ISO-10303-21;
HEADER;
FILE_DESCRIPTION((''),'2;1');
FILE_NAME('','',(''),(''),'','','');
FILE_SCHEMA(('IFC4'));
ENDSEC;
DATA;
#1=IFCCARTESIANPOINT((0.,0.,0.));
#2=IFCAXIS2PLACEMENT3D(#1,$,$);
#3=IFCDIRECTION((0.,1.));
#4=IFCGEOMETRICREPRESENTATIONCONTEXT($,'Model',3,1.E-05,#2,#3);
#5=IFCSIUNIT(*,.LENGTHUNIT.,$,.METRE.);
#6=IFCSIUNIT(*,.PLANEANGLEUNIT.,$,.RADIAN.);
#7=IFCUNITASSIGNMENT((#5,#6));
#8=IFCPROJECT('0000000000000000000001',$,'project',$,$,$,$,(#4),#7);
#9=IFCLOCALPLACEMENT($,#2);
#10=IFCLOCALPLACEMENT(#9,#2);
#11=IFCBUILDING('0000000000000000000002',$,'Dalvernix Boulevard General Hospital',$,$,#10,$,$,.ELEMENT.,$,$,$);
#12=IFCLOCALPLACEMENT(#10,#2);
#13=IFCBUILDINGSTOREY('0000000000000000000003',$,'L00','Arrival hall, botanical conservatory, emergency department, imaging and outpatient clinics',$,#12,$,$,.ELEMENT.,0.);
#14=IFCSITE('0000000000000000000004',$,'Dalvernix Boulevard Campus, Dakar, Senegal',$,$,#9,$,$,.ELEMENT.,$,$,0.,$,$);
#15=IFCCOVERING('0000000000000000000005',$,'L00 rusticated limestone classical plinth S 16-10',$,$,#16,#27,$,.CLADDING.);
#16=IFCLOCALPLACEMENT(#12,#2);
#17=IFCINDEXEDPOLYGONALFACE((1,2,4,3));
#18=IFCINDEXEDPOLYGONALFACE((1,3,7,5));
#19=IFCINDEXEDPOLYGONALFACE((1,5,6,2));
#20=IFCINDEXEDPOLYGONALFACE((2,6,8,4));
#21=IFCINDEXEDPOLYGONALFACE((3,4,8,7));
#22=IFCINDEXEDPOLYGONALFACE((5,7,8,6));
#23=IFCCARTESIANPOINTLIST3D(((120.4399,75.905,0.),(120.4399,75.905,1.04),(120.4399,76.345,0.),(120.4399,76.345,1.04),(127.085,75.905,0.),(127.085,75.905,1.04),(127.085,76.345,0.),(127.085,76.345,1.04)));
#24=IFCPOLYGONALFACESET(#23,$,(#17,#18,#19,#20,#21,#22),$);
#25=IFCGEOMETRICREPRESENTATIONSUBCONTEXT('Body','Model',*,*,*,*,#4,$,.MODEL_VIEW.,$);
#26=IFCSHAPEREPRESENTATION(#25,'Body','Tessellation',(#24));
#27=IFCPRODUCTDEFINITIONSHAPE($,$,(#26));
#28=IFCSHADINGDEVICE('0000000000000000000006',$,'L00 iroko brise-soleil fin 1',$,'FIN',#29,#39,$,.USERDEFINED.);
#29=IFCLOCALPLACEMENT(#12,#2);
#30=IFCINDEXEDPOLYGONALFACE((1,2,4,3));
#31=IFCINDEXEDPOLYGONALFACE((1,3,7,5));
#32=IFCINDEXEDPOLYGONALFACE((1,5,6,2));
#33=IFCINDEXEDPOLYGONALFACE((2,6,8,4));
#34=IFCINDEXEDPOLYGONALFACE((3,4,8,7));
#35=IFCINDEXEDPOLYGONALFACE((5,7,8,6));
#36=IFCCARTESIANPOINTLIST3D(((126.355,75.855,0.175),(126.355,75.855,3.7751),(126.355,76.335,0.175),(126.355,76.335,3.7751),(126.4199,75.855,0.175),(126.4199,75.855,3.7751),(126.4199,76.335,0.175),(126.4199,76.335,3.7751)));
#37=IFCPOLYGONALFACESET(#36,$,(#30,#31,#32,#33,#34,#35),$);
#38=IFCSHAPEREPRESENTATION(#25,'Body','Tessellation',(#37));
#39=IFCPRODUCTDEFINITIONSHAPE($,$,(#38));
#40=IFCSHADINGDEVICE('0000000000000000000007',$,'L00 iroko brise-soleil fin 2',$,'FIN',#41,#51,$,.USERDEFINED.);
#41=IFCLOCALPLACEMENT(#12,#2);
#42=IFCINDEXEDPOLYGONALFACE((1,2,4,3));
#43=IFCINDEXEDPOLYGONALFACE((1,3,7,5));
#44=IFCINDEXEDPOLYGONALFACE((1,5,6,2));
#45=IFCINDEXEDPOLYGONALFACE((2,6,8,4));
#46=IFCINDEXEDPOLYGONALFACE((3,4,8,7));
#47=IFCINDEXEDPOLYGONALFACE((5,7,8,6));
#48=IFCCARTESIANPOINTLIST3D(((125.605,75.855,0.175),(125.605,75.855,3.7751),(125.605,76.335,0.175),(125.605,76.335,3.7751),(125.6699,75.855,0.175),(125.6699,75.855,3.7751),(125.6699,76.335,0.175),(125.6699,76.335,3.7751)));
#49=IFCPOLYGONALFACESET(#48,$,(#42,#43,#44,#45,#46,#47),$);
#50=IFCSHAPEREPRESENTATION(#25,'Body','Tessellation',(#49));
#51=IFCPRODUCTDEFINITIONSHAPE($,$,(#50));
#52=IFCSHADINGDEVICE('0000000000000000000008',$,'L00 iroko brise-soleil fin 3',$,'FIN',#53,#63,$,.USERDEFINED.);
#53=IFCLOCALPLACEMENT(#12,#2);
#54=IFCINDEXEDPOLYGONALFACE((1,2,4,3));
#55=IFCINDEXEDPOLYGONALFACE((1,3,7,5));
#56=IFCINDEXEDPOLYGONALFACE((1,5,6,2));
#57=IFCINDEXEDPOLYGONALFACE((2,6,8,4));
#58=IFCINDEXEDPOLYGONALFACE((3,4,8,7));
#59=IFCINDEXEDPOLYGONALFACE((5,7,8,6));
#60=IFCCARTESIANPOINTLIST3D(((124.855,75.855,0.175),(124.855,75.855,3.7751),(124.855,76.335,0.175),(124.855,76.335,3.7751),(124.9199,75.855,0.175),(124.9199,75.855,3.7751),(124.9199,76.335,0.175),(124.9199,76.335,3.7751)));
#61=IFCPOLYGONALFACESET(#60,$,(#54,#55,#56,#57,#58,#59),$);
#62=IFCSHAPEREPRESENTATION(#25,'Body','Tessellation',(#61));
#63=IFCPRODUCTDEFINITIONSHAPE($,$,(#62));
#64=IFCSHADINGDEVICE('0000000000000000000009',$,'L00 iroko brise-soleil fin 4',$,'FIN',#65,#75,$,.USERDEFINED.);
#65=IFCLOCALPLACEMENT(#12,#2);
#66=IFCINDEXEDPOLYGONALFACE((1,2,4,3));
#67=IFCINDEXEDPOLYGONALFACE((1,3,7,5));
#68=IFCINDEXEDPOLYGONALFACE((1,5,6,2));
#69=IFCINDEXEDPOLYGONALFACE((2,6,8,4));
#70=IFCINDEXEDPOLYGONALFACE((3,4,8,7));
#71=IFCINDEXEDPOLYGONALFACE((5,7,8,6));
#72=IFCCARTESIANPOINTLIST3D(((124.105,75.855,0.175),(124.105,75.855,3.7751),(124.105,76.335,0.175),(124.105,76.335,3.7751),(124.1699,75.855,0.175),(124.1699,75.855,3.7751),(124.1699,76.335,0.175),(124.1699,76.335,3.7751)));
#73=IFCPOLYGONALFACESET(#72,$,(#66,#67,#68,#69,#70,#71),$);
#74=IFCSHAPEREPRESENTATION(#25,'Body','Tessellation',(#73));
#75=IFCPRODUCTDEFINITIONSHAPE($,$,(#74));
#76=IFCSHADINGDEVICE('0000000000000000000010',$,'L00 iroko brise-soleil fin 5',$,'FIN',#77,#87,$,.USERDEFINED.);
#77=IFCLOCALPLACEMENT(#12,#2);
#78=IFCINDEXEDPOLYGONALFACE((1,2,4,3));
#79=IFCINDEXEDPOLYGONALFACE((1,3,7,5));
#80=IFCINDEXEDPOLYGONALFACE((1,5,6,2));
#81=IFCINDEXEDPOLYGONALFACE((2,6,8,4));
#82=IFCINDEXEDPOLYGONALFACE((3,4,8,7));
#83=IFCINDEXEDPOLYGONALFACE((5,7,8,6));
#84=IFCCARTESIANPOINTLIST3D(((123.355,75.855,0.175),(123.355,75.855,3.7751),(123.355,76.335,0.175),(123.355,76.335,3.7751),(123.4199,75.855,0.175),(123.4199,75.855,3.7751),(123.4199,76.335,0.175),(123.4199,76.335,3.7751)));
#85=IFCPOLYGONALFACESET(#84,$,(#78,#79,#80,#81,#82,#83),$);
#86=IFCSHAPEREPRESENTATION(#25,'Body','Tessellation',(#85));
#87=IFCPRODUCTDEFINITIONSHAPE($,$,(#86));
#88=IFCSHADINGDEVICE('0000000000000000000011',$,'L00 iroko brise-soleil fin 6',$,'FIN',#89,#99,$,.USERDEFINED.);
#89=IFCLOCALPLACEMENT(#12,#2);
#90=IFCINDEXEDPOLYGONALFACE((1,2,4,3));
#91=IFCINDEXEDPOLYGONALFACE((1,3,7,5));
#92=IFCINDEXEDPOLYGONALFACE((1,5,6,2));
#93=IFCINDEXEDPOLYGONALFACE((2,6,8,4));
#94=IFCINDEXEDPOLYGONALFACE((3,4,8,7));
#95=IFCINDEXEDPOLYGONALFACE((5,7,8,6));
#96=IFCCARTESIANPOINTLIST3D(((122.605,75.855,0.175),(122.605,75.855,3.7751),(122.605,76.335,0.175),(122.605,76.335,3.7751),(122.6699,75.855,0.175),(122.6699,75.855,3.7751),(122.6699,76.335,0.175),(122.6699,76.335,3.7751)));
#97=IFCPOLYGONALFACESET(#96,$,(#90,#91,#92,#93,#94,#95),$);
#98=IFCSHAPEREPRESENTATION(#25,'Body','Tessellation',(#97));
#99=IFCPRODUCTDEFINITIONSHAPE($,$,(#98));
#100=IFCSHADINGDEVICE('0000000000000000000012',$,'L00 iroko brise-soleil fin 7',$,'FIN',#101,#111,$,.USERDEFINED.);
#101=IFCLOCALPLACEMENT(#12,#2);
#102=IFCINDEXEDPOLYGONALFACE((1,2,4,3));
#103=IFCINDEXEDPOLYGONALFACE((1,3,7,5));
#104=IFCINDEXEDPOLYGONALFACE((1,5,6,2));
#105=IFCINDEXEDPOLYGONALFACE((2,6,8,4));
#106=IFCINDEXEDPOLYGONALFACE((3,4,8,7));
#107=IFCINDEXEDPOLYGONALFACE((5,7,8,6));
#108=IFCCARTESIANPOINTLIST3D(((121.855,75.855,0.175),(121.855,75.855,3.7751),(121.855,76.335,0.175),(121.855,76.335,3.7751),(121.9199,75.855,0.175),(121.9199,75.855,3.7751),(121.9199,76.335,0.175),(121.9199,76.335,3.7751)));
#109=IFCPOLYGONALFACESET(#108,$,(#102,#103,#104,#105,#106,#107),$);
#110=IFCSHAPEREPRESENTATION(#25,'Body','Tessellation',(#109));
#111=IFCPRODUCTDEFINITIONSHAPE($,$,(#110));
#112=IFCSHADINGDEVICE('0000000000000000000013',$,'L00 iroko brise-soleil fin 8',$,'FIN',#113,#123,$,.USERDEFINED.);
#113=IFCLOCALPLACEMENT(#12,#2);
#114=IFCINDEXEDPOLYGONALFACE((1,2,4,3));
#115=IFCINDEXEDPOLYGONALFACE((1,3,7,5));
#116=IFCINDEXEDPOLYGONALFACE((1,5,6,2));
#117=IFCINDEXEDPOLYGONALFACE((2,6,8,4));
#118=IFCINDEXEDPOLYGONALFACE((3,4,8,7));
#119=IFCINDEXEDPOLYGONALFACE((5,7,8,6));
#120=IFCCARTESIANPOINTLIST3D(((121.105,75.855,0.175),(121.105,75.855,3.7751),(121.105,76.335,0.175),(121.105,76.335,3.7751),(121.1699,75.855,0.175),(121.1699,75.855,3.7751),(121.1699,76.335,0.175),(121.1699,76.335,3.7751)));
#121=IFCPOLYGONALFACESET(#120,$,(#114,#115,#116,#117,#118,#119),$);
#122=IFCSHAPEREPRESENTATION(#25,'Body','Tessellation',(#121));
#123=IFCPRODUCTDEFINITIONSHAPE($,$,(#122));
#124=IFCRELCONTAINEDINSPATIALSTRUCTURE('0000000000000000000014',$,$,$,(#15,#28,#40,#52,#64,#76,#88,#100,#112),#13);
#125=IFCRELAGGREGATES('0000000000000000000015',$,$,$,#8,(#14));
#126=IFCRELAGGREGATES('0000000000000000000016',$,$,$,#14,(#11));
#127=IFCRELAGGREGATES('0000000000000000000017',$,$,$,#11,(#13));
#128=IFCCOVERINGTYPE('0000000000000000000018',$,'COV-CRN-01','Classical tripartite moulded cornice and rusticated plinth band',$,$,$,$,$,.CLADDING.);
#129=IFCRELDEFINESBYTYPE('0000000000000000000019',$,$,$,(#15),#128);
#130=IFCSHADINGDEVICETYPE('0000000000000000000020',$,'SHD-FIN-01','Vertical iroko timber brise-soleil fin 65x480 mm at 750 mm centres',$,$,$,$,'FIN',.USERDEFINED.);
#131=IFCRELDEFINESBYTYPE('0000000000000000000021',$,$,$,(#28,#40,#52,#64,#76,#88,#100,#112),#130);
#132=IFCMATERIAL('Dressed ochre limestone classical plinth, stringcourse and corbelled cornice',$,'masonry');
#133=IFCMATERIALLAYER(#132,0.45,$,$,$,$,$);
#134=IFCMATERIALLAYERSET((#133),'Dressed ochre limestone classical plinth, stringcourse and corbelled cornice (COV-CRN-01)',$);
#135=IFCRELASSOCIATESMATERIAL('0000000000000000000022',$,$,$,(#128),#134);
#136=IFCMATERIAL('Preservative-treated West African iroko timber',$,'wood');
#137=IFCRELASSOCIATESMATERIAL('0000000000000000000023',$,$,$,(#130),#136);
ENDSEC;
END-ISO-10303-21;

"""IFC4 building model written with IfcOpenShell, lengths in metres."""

from ifc_helpers import new_model, si_unit, direction, frame, origin, origin_2d, place, context, subcontext, project, spatial, rectangle, extrude, material, layer, layer_set, type_object, element, save


model = new_model("IFC4")

# Units and contexts
model_context = context("Model", 3, precision=1e-05, world=origin(), true_north=direction((0.0, 1.0)))
body_context = subcontext(model_context, "Body", "Model", "MODEL_VIEW")
ifc_project = project(units=[si_unit("LENGTHUNIT", "METRE"), si_unit("PLANEANGLEUNIT", "RADIAN")], contexts=[model_context])

# Site, building, storey
site_placement = place(None, origin())
site = spatial("IfcSite", under=ifc_project, at=site_placement, Name="Dalvernix Boulevard Campus, Dakar, Senegal", CompositionType="ELEMENT", RefElevation=0.0)
building_placement = place(site_placement, origin())
building = spatial("IfcBuilding", under=site, at=building_placement, Name="Dalvernix Boulevard General Hospital", CompositionType="ELEMENT")
storey_placement = place(building_placement, origin())
storey = spatial("IfcBuildingStorey", under=building, at=storey_placement, Name="L00", Description="Arrival hall, botanical conservatory, emergency department, imaging and outpatient clinics", CompositionType="ELEMENT", Elevation=0.0)

# Covering
ifc_material_1 = material(Name="Dressed ochre limestone classical plinth, stringcourse and corbelled cornice", Category="masonry")
ifc_layer_1 = layer(ifc_material_1, 0.45)
ifc_layer_set_1 = layer_set([ifc_layer_1], Name="Dressed ochre limestone classical plinth, stringcourse and corbelled cornice (COV-CRN-01)")
covering_type_1 = type_object("IfcCoveringType", Name="COV-CRN-01", Description="Classical tripartite moulded cornice and rusticated plinth band", PredefinedType="CLADDING", material=ifc_layer_set_1)
for number, where, z_axis, x_axis, name in (
    (1, (123.7625, 76.125, 0.0), (0.0, 0.0, 1.0), (-1.0, 0.0, 0.0), "L00 rusticated limestone classical plinth S 16-10"),
):
    element("IfcCovering", number, at=place(storey_placement, frame(where, z_axis=z_axis, x_axis=x_axis)), inside=storey, type_object=covering_type_1, Name=name, PredefinedType="CLADDING", context=body_context, shape_type="SweptSolid", body=[
        extrude(rectangle(XDim=6.645, YDim=0.4399, at=origin_2d()), origin(), (0.0, 0.0, 1.0), 1.04),
    ])

# Shading devices
ifc_material_2 = material(Name="Preservative-treated West African iroko timber", Category="wood")
shading_device_type = type_object("IfcShadingDeviceType", Name="SHD-FIN-01", Description="Vertical iroko timber brise-soleil fin 65x480 mm at 750 mm centres", ElementType="FIN", PredefinedType="USERDEFINED", material=ifc_material_2)
for number, where, z_axis, x_axis, name in (
    (2, (126.3875, 76.095, 0.175), (0.0, 0.0, 1.0), (-1.0, 0.0, 0.0), "L00 iroko brise-soleil fin 1"),
    (3, (125.6375, 76.095, 0.175), (0.0, 0.0, 1.0), (-1.0, 0.0, 0.0), "L00 iroko brise-soleil fin 2"),
    (4, (124.8875, 76.095, 0.175), (0.0, 0.0, 1.0), (-1.0, 0.0, 0.0), "L00 iroko brise-soleil fin 3"),
    (5, (124.1375, 76.095, 0.175), (0.0, 0.0, 1.0), (-1.0, 0.0, 0.0), "L00 iroko brise-soleil fin 4"),
    (6, (123.3875, 76.095, 0.175), (0.0, 0.0, 1.0), (-1.0, 0.0, 0.0), "L00 iroko brise-soleil fin 5"),
    (7, (122.6375, 76.095, 0.175), (0.0, 0.0, 1.0), (-1.0, 0.0, 0.0), "L00 iroko brise-soleil fin 6"),
    (8, (121.8875, 76.095, 0.175), (0.0, 0.0, 1.0), (-1.0, 0.0, 0.0), "L00 iroko brise-soleil fin 7"),
    (9, (121.1375, 76.095, 0.175), (0.0, 0.0, 1.0), (-1.0, 0.0, 0.0), "L00 iroko brise-soleil fin 8"),
):
    element("IfcShadingDevice", number, at=place(storey_placement, frame(where, z_axis=z_axis, x_axis=x_axis)), inside=storey, type_object=shading_device_type, Name=name, ObjectType="FIN", PredefinedType="USERDEFINED", context=body_context, shape_type="SweptSolid", body=[
        extrude(rectangle(XDim=0.0649, YDim=0.48, at=origin_2d()), origin(), (0.0, 0.0, 1.0), 3.6001),
    ])

save(model, "model.ifc")
